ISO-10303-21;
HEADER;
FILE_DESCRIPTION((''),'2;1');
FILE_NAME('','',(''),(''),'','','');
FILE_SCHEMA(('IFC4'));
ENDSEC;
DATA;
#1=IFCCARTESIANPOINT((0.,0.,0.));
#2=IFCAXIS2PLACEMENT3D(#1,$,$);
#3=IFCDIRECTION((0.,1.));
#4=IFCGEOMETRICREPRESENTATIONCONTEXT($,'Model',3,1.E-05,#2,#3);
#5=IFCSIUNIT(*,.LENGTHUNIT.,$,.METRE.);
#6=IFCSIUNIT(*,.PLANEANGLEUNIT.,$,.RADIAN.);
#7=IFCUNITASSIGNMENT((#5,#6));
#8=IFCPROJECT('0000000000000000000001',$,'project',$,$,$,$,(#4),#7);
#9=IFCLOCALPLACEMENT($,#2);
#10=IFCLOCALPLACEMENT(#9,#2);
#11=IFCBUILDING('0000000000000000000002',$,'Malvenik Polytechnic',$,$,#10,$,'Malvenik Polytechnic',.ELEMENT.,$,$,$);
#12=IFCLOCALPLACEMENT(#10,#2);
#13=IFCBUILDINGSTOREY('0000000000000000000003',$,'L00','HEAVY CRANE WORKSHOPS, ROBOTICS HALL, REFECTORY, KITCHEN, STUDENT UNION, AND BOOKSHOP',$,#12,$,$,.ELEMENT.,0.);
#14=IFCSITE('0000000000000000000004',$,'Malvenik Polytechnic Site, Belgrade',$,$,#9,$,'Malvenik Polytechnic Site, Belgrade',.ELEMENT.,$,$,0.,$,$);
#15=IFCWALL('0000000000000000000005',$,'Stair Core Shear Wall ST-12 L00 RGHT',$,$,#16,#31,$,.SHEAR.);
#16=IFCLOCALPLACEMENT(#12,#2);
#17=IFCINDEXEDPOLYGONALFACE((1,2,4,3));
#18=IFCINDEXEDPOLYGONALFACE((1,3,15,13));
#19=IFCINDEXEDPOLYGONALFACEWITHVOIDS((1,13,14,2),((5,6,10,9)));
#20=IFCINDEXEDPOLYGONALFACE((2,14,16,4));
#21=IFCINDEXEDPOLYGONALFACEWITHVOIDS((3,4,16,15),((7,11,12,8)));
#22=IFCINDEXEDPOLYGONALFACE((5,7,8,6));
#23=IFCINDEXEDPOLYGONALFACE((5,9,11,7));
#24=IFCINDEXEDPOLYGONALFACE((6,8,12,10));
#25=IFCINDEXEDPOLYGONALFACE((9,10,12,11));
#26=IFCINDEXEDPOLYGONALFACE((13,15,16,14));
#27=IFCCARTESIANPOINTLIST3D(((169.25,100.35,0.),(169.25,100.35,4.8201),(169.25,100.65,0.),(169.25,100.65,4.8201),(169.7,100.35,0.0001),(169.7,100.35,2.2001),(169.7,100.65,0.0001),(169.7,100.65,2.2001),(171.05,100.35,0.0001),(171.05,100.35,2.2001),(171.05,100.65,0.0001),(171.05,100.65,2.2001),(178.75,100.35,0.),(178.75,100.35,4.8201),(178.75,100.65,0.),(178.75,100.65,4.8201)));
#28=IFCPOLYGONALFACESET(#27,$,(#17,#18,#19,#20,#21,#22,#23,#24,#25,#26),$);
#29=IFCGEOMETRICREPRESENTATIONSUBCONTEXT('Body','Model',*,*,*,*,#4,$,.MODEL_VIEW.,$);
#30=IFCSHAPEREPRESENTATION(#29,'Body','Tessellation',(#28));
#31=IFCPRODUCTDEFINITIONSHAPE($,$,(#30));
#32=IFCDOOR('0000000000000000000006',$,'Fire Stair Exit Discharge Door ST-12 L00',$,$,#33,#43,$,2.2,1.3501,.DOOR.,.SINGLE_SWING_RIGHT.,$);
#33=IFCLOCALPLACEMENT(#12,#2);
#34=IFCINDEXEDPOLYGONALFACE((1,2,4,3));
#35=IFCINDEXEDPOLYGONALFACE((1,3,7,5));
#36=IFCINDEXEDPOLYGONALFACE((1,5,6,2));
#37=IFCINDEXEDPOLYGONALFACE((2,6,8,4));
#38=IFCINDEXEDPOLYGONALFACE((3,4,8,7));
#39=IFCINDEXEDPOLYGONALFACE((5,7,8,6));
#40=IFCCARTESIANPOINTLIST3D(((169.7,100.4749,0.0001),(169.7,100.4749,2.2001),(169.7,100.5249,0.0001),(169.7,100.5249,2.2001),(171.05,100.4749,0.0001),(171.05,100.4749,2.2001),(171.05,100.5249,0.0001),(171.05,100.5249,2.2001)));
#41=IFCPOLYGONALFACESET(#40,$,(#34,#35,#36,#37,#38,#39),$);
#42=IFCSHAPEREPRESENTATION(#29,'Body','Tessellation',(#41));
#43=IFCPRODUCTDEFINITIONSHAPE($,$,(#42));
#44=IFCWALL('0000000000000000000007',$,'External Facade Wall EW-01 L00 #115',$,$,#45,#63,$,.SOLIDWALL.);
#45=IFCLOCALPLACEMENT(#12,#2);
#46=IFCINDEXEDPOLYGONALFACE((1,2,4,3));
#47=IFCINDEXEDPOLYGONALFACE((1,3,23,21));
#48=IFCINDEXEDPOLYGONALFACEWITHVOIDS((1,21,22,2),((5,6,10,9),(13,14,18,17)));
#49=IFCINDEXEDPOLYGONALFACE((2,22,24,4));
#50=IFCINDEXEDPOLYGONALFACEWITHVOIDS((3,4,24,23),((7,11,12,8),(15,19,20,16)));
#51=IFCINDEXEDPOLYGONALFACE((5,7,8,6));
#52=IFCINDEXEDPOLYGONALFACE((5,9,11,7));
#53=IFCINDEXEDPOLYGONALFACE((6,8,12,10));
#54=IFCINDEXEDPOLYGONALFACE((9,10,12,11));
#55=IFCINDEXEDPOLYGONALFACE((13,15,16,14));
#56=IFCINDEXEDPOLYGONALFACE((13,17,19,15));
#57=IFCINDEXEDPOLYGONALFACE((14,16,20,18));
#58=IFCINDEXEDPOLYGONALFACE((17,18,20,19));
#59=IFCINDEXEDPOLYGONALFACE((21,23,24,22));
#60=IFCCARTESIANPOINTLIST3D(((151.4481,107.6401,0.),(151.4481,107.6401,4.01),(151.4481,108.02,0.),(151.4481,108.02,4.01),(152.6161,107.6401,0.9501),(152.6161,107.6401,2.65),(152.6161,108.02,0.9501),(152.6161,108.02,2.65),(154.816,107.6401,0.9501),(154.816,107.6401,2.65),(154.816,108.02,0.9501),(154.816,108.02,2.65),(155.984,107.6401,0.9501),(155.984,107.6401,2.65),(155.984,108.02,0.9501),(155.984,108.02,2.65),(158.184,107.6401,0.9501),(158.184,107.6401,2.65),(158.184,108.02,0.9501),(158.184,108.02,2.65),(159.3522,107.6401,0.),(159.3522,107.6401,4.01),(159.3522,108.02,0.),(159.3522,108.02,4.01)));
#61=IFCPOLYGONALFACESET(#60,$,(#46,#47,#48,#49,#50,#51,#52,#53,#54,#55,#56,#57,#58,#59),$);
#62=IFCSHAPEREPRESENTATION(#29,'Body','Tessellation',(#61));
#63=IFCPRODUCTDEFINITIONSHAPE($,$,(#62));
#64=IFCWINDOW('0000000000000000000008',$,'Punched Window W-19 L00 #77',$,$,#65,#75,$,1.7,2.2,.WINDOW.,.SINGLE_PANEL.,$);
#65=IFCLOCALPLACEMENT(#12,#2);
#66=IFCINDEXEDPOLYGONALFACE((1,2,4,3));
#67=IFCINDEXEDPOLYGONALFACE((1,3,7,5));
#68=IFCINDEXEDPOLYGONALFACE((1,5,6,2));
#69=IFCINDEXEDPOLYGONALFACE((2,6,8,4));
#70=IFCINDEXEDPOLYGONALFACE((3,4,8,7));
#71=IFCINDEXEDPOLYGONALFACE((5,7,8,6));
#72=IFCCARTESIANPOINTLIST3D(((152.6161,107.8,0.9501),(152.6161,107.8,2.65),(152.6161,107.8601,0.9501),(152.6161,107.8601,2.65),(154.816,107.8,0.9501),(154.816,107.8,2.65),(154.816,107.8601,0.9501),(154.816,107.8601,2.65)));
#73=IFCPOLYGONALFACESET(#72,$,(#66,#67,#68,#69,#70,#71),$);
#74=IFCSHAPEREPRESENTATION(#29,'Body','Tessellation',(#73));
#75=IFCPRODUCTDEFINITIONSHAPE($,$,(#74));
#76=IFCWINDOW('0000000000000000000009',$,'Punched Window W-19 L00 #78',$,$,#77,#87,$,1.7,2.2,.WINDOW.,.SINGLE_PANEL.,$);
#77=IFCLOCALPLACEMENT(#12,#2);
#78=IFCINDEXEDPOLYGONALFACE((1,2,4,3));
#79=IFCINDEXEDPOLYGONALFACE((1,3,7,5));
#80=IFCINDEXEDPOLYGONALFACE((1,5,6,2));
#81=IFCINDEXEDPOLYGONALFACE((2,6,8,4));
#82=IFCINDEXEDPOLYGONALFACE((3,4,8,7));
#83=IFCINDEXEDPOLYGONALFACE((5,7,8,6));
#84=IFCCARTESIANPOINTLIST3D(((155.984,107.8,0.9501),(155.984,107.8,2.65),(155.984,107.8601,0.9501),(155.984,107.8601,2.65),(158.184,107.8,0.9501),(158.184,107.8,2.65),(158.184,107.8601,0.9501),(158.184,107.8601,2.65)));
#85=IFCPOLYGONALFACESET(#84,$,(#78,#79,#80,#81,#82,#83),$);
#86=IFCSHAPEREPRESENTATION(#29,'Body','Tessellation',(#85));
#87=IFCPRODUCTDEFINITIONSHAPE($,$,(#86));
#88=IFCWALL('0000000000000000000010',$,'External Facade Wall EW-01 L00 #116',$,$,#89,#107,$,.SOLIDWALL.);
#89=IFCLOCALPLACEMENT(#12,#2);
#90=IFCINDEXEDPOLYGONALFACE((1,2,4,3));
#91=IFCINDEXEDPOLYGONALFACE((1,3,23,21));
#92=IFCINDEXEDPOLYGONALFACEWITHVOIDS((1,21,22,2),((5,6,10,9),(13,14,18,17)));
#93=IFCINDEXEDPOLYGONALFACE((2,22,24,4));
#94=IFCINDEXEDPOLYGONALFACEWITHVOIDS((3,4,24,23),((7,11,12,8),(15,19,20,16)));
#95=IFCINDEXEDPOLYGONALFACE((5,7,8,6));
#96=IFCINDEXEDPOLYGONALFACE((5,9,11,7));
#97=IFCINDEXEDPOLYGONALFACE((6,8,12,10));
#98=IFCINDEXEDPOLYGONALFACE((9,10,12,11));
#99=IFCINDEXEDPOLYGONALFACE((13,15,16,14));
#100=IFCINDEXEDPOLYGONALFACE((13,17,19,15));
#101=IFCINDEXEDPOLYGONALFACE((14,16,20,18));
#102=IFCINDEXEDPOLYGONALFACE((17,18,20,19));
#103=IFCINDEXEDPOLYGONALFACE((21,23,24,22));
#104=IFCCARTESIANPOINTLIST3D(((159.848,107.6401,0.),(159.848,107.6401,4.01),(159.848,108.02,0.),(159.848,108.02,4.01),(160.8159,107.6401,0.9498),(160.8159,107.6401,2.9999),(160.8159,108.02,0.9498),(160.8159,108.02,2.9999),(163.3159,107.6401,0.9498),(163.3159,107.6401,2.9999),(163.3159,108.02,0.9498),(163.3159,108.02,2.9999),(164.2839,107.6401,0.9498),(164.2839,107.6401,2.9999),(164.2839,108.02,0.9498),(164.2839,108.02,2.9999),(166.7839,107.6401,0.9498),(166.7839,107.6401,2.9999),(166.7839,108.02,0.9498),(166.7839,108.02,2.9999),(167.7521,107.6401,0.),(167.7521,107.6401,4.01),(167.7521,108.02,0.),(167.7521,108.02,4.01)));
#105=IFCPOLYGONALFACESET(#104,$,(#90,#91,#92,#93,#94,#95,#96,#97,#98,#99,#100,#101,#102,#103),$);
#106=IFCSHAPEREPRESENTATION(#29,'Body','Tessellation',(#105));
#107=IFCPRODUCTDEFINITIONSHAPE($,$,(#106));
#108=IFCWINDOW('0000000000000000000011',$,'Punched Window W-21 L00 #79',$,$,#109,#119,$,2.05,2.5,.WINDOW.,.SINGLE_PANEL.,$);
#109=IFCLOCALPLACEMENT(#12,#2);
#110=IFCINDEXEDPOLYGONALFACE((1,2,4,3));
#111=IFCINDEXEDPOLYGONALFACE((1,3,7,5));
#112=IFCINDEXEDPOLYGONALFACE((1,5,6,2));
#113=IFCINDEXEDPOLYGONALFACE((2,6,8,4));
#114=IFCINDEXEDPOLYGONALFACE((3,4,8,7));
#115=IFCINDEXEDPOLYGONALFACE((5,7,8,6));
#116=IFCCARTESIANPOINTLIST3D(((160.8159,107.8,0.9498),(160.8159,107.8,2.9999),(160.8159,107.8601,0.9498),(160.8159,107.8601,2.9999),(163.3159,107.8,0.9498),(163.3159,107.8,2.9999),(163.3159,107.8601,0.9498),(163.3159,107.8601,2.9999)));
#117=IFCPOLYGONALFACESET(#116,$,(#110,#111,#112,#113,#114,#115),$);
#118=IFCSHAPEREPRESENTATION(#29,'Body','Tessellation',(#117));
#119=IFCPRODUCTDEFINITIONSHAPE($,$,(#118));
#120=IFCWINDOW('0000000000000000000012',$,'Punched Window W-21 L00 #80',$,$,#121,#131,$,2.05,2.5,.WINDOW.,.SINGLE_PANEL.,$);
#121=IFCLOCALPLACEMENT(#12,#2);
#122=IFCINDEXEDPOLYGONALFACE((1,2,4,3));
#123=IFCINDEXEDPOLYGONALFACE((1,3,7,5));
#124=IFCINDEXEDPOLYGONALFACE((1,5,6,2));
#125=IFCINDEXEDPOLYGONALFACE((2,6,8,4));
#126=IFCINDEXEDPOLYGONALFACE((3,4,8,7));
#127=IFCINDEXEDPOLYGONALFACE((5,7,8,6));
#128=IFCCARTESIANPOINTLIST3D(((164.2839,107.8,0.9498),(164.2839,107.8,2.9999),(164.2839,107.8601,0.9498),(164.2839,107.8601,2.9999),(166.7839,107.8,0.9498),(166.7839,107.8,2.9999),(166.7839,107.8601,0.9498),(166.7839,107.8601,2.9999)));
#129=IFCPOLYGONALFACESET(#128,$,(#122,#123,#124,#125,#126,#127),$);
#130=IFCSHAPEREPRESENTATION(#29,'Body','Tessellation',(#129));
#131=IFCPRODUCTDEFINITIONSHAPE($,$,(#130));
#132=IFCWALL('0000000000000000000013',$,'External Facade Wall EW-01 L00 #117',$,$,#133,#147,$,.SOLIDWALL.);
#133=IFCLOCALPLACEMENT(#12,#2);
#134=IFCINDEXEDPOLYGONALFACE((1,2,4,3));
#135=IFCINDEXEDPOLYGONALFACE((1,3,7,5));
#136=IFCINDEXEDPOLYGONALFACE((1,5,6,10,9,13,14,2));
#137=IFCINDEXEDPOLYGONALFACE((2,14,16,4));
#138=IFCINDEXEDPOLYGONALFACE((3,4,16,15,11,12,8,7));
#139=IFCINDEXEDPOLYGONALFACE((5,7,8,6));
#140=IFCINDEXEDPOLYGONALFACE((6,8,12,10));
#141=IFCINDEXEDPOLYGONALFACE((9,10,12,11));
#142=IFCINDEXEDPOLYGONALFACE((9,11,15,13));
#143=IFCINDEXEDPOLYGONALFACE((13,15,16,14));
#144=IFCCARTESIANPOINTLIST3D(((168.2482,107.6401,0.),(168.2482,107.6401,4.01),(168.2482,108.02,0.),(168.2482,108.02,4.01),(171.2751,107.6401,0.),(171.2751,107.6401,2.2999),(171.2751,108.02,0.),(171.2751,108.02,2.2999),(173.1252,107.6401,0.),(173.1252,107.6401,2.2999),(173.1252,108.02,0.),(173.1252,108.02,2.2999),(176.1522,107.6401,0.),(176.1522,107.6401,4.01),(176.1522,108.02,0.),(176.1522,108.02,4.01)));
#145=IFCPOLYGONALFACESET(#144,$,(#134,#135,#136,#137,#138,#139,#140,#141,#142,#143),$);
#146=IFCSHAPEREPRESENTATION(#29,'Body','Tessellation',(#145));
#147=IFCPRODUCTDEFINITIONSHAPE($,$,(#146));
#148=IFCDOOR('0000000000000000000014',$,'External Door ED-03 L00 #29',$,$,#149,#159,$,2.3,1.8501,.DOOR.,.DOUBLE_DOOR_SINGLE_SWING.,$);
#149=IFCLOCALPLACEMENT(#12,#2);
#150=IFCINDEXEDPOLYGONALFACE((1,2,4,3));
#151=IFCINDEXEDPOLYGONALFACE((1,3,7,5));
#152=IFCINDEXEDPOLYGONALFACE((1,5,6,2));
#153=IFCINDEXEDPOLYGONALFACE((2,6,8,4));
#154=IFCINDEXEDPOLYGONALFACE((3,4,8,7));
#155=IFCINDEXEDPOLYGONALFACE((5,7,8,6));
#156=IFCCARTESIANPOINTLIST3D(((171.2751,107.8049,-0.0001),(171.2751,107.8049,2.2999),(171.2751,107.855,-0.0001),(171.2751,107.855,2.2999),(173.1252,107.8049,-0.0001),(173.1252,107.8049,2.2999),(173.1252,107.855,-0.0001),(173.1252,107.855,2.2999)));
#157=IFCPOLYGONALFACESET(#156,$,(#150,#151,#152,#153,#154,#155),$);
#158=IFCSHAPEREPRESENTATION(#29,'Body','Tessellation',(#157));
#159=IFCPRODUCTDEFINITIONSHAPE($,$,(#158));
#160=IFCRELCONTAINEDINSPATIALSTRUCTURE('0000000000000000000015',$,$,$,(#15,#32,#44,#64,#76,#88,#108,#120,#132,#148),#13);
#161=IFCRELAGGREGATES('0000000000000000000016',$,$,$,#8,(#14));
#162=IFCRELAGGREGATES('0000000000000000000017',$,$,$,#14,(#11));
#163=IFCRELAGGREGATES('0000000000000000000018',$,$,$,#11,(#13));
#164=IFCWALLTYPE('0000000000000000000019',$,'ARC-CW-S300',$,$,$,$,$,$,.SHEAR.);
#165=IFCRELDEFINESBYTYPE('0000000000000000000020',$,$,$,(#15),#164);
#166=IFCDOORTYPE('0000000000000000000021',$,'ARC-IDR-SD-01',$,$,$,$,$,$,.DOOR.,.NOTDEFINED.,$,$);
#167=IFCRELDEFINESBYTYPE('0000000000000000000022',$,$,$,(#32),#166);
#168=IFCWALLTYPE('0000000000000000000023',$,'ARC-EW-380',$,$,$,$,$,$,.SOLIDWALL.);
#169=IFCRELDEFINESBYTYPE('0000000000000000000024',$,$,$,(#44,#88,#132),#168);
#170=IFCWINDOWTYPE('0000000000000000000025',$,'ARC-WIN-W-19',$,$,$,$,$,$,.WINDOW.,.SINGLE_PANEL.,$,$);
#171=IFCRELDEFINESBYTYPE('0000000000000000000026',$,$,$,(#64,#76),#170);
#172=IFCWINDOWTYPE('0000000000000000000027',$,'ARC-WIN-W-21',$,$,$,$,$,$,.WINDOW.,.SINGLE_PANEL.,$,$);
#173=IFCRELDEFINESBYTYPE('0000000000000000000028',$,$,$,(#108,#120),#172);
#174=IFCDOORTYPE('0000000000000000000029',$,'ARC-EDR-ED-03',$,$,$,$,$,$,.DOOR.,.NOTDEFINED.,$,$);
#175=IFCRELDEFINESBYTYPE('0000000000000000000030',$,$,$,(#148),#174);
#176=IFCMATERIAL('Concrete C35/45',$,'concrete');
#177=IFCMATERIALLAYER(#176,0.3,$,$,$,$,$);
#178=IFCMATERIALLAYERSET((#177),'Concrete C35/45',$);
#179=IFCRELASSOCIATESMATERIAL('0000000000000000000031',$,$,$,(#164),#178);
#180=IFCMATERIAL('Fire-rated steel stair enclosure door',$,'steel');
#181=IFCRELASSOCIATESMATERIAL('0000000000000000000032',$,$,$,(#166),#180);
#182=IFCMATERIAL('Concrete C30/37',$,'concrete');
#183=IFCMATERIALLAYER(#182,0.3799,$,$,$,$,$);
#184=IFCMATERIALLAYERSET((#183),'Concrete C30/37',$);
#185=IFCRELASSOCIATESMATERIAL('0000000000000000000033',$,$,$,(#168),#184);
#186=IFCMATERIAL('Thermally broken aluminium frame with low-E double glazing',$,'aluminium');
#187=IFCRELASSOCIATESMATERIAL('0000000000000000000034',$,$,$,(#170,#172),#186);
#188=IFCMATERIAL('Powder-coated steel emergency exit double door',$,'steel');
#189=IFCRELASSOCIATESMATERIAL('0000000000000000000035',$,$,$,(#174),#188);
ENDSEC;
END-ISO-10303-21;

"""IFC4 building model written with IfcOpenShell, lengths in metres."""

from ifc_helpers import new_model, si_unit, direction, frame, frame_2d, origin, place, context, subcontext, project, spatial, rectangle, extrude, material, layer, layer_set, type_object, element, fill, save


model = new_model("IFC4")

# Units and contexts
model_context = context("Model", 3, precision=1e-05, world=origin(), true_north=direction((0.0, 1.0)))
body_context = subcontext(model_context, "Body", "Model", "MODEL_VIEW")
ifc_project = project(units=[si_unit("LENGTHUNIT", "METRE"), si_unit("PLANEANGLEUNIT", "RADIAN")], contexts=[model_context])

# Site, building, storey
site_placement = place(None, origin())
site = spatial("IfcSite", under=ifc_project, at=site_placement, Name="Malvenik Polytechnic Site, Belgrade", LongName="Malvenik Polytechnic Site, Belgrade", CompositionType="ELEMENT", RefElevation=0.0)
building_placement = place(site_placement, origin())
building = spatial("IfcBuilding", under=site, at=building_placement, Name="Malvenik Polytechnic", LongName="Malvenik Polytechnic", CompositionType="ELEMENT")
storey_placement = place(building_placement, origin())
storey = spatial("IfcBuildingStorey", under=building, at=storey_placement, Name="L00", Description="HEAVY CRANE WORKSHOPS, ROBOTICS HALL, REFECTORY, KITCHEN, STUDENT UNION, AND BOOKSHOP", CompositionType="ELEMENT", Elevation=0.0)

# Shared definitions
ifc_material_1 = material(Name="Concrete C35/45", Category="concrete")

# Shared definitions
ifc_material_2 = material(Name="Concrete C30/37", Category="concrete")

# Wall, opening, door
ifc_layer_1 = layer(ifc_material_1, 0.3)
ifc_layer_set_1 = layer_set([ifc_layer_1], Name="Concrete C35/45")
wall_type_1 = type_object("IfcWallType", Name="ARC-CW-S300", PredefinedType="SHEAR", material=ifc_layer_set_1)
wall_1_placement = place(storey_placement, frame((169.25, 100.5, 0.0), z_axis=(0.0, 0.0, 1.0), x_axis=(1.0, 0.0, 0.0)))
wall_1 = element("IfcWall", 1, at=wall_1_placement, inside=storey, type_object=wall_type_1, Name="Stair Core Shear Wall ST-12 L00 RGHT", PredefinedType="SHEAR", context=body_context, shape_type="SweptSolid", body=[
    extrude(rectangle(XDim=9.5, YDim=0.3, at=frame_2d((4.75, 0.0))), origin(), (0.0, 0.0, 1.0), 4.8201),
])
opening_1_placement = place(wall_1_placement, frame((0.45, 0.0, 0.0)))
opening_1 = element("IfcOpeningElement", 2, at=opening_1_placement, cuts=wall_1, PredefinedType="OPENING", context=body_context, shape_type="SweptSolid", body=[
    extrude(rectangle(XDim=1.3501, YDim=2.2, at=frame_2d((0.675, 1.1001))), frame((0.0, 0.1602, 0.0), z_axis=(0.0, -1.0, 0.0), x_axis=(1.0, 0.0, 0.0)), (0.0, 0.0, 1.0), 0.3201),
])
ifc_material_3 = material(Name="Fire-rated steel stair enclosure door", Category="steel")
door_type_1 = type_object("IfcDoorType", Name="ARC-IDR-SD-01", OperationType="NOTDEFINED", PredefinedType="DOOR", material=ifc_material_3)
door_1_placement = place(opening_1_placement, origin())
door_1 = element("IfcDoor", 3, at=door_1_placement, inside=storey, type_object=door_type_1, Name="Fire Stair Exit Discharge Door ST-12 L00", OperationType="SINGLE_SWING_RIGHT", OverallHeight=2.2, OverallWidth=1.3501, PredefinedType="DOOR", context=body_context, shape_type="SweptSolid", body=[
    extrude(rectangle(XDim=1.3501, YDim=2.2, at=frame_2d((0.675, 1.1001))), frame((0.0, 0.0249, 0.0), z_axis=(0.0, -1.0, 0.0), x_axis=(1.0, 0.0, 0.0)), (0.0, 0.0, 1.0), 0.05),
])
fill(opening_1, door_1)

# Walls, openings, windows
ifc_layer_2 = layer(ifc_material_2, 0.3799)
ifc_layer_set_2 = layer_set([ifc_layer_2], Name="Concrete C30/37")
wall_type_2 = type_object("IfcWallType", Name="ARC-EW-380", PredefinedType="SOLIDWALL", material=ifc_layer_set_2)
wall_2_placement = place(storey_placement, frame((151.448, 107.8301, 0.0), z_axis=(0.0, 0.0, 1.0), x_axis=(1.0, 0.0, 0.0)))
wall_2 = element("IfcWall", 4, at=wall_2_placement, inside=storey, type_object=wall_type_2, Name="External Facade Wall EW-01 L00 #115", PredefinedType="SOLIDWALL", context=body_context, shape_type="SweptSolid", body=[
    extrude(rectangle(XDim=7.9041, YDim=0.3799, at=frame_2d((3.9521, 0.0))), origin(), (0.0, 0.0, 1.0), 4.01),
])
opening_2_placement = place(wall_2_placement, frame((1.168, 0.0, 0.95)))
opening_2 = element("IfcOpeningElement", 5, at=opening_2_placement, cuts=wall_2, PredefinedType="OPENING", context=body_context, shape_type="SweptSolid", body=[
    extrude(rectangle(XDim=2.2, YDim=1.7, at=frame_2d((1.1001, 0.8501))), frame((0.0, 0.2, 0.0), z_axis=(0.0, -1.0, 0.0), x_axis=(1.0, 0.0, 0.0)), (0.0, 0.0, 1.0), 0.3999),
])
opening_3_placement = place(wall_2_placement, frame((4.5359, 0.0, 0.95)))
opening_3 = element("IfcOpeningElement", 6, at=opening_3_placement, cuts=wall_2, PredefinedType="OPENING", context=body_context, shape_type="SweptSolid", body=[
    extrude(rectangle(XDim=2.2, YDim=1.7, at=frame_2d((1.1001, 0.8501))), frame((0.0, 0.2, 0.0), z_axis=(0.0, -1.0, 0.0), x_axis=(1.0, 0.0, 0.0)), (0.0, 0.0, 1.0), 0.3999),
])
ifc_material_4 = material(Name="Thermally broken aluminium frame with low-E double glazing", Category="aluminium")
window_type_1 = type_object("IfcWindowType", Name="ARC-WIN-W-19", PartitioningType="SINGLE_PANEL", PredefinedType="WINDOW", material=ifc_material_4)
window_1_placement = place(opening_2_placement, origin())
window_1 = element("IfcWindow", 7, at=window_1_placement, inside=storey, type_object=window_type_1, Name="Punched Window W-19 L00 #77", OverallHeight=1.7, OverallWidth=2.2, PartitioningType="SINGLE_PANEL", PredefinedType="WINDOW", context=body_context, shape_type="SweptSolid", body=[
    extrude(rectangle(XDim=2.2, YDim=1.7, at=frame_2d((1.1001, 0.8501))), frame((0.0, 0.03, 0.0), z_axis=(0.0, -1.0, 0.0), x_axis=(1.0, 0.0, 0.0)), (0.0, 0.0, 1.0), 0.0601),
])
fill(opening_2, window_1)
window_2_placement = place(opening_3_placement, origin())
window_2 = element("IfcWindow", 8, at=window_2_placement, inside=storey, type_object=window_type_1, Name="Punched Window W-19 L00 #78", OverallHeight=1.7, OverallWidth=2.2, PartitioningType="SINGLE_PANEL", PredefinedType="WINDOW", context=body_context, shape_type="SweptSolid", body=[
    extrude(rectangle(XDim=2.2, YDim=1.7, at=frame_2d((1.1001, 0.8501))), frame((0.0, 0.03, 0.0), z_axis=(0.0, -1.0, 0.0), x_axis=(1.0, 0.0, 0.0)), (0.0, 0.0, 1.0), 0.0601),
])
fill(opening_3, window_2)
wall_3_placement = place(storey_placement, frame((159.8479, 107.8301, 0.0), z_axis=(0.0, 0.0, 1.0), x_axis=(1.0, 0.0, 0.0)))
wall_3 = element("IfcWall", 9, at=wall_3_placement, inside=storey, type_object=wall_type_2, Name="External Facade Wall EW-01 L00 #116", PredefinedType="SOLIDWALL", context=body_context, shape_type="SweptSolid", body=[
    extrude(rectangle(XDim=7.9041, YDim=0.3799, at=frame_2d((3.9521, 0.0))), origin(), (0.0, 0.0, 1.0), 4.01),
])
opening_4_placement = place(wall_3_placement, frame((0.968, 0.0, 0.95)))
opening_4 = element("IfcOpeningElement", 10, at=opening_4_placement, cuts=wall_3, PredefinedType="OPENING", context=body_context, shape_type="SweptSolid", body=[
    extrude(rectangle(XDim=2.5, YDim=2.05, at=frame_2d((1.25, 1.0249))), frame((0.0, 0.2, 0.0), z_axis=(0.0, -1.0, 0.0), x_axis=(1.0, 0.0, 0.0)), (0.0, 0.0, 1.0), 0.3999),
])
opening_5_placement = place(wall_3_placement, frame((4.436, 0.0, 0.95)))
opening_5 = element("IfcOpeningElement", 11, at=opening_5_placement, cuts=wall_3, PredefinedType="OPENING", context=body_context, shape_type="SweptSolid", body=[
    extrude(rectangle(XDim=2.5, YDim=2.05, at=frame_2d((1.25, 1.0249))), frame((0.0, 0.2, 0.0), z_axis=(0.0, -1.0, 0.0), x_axis=(1.0, 0.0, 0.0)), (0.0, 0.0, 1.0), 0.3999),
])
window_type_2 = type_object("IfcWindowType", Name="ARC-WIN-W-21", PartitioningType="SINGLE_PANEL", PredefinedType="WINDOW", material=ifc_material_4)
window_3_placement = place(opening_4_placement, origin())
window_3 = element("IfcWindow", 12, at=window_3_placement, inside=storey, type_object=window_type_2, Name="Punched Window W-21 L00 #79", OverallHeight=2.05, OverallWidth=2.5, PartitioningType="SINGLE_PANEL", PredefinedType="WINDOW", context=body_context, shape_type="SweptSolid", body=[
    extrude(rectangle(XDim=2.5, YDim=2.05, at=frame_2d((1.25, 1.0249))), frame((0.0, 0.03, 0.0), z_axis=(0.0, -1.0, 0.0), x_axis=(1.0, 0.0, 0.0)), (0.0, 0.0, 1.0), 0.0601),
])
fill(opening_4, window_3)
window_4_placement = place(opening_5_placement, origin())
window_4 = element("IfcWindow", 13, at=window_4_placement, inside=storey, type_object=window_type_2, Name="Punched Window W-21 L00 #80", OverallHeight=2.05, OverallWidth=2.5, PartitioningType="SINGLE_PANEL", PredefinedType="WINDOW", context=body_context, shape_type="SweptSolid", body=[
    extrude(rectangle(XDim=2.5, YDim=2.05, at=frame_2d((1.25, 1.0249))), frame((0.0, 0.03, 0.0), z_axis=(0.0, -1.0, 0.0), x_axis=(1.0, 0.0, 0.0)), (0.0, 0.0, 1.0), 0.0601),
])
fill(opening_5, window_4)

# Wall, opening, door
wall_4_placement = place(storey_placement, frame((168.248, 107.8301, 0.0), z_axis=(0.0, 0.0, 1.0), x_axis=(1.0, 0.0, 0.0)))
wall_4 = element("IfcWall", 14, at=wall_4_placement, inside=storey, type_object=wall_type_2, Name="External Facade Wall EW-01 L00 #117", PredefinedType="SOLIDWALL", context=body_context, shape_type="SweptSolid", body=[
    extrude(rectangle(XDim=7.9041, YDim=0.3799, at=frame_2d((3.9521, 0.0))), origin(), (0.0, 0.0, 1.0), 4.01),
])
opening_6_placement = place(wall_4_placement, frame((3.0271, 0.0, 0.0)))
opening_6 = element("IfcOpeningElement", 15, at=opening_6_placement, cuts=wall_4, PredefinedType="OPENING", context=body_context, shape_type="SweptSolid", body=[
    extrude(rectangle(XDim=1.8501, YDim=2.3, at=frame_2d((0.925, 1.1499))), frame((0.0, 0.2, 0.0), z_axis=(0.0, -1.0, 0.0), x_axis=(1.0, 0.0, 0.0)), (0.0, 0.0, 1.0), 0.3999),
])
ifc_material_5 = material(Name="Powder-coated steel emergency exit double door", Category="steel")
door_type_2 = type_object("IfcDoorType", Name="ARC-EDR-ED-03", OperationType="NOTDEFINED", PredefinedType="DOOR", material=ifc_material_5)
door_2_placement = place(opening_6_placement, origin())
door_2 = element("IfcDoor", 16, at=door_2_placement, inside=storey, type_object=door_type_2, Name="External Door ED-03 L00 #29", OperationType="DOUBLE_DOOR_SINGLE_SWING", OverallHeight=2.3, OverallWidth=1.8501, PredefinedType="DOOR", context=body_context, shape_type="SweptSolid", body=[
    extrude(rectangle(XDim=1.8501, YDim=2.3, at=frame_2d((0.925, 1.1499))), frame((0.0, 0.0249, 0.0), z_axis=(0.0, -1.0, 0.0), x_axis=(1.0, 0.0, 0.0)), (0.0, 0.0, 1.0), 0.05),
])
fill(opening_6, door_2)

save(model, "model.ifc")
